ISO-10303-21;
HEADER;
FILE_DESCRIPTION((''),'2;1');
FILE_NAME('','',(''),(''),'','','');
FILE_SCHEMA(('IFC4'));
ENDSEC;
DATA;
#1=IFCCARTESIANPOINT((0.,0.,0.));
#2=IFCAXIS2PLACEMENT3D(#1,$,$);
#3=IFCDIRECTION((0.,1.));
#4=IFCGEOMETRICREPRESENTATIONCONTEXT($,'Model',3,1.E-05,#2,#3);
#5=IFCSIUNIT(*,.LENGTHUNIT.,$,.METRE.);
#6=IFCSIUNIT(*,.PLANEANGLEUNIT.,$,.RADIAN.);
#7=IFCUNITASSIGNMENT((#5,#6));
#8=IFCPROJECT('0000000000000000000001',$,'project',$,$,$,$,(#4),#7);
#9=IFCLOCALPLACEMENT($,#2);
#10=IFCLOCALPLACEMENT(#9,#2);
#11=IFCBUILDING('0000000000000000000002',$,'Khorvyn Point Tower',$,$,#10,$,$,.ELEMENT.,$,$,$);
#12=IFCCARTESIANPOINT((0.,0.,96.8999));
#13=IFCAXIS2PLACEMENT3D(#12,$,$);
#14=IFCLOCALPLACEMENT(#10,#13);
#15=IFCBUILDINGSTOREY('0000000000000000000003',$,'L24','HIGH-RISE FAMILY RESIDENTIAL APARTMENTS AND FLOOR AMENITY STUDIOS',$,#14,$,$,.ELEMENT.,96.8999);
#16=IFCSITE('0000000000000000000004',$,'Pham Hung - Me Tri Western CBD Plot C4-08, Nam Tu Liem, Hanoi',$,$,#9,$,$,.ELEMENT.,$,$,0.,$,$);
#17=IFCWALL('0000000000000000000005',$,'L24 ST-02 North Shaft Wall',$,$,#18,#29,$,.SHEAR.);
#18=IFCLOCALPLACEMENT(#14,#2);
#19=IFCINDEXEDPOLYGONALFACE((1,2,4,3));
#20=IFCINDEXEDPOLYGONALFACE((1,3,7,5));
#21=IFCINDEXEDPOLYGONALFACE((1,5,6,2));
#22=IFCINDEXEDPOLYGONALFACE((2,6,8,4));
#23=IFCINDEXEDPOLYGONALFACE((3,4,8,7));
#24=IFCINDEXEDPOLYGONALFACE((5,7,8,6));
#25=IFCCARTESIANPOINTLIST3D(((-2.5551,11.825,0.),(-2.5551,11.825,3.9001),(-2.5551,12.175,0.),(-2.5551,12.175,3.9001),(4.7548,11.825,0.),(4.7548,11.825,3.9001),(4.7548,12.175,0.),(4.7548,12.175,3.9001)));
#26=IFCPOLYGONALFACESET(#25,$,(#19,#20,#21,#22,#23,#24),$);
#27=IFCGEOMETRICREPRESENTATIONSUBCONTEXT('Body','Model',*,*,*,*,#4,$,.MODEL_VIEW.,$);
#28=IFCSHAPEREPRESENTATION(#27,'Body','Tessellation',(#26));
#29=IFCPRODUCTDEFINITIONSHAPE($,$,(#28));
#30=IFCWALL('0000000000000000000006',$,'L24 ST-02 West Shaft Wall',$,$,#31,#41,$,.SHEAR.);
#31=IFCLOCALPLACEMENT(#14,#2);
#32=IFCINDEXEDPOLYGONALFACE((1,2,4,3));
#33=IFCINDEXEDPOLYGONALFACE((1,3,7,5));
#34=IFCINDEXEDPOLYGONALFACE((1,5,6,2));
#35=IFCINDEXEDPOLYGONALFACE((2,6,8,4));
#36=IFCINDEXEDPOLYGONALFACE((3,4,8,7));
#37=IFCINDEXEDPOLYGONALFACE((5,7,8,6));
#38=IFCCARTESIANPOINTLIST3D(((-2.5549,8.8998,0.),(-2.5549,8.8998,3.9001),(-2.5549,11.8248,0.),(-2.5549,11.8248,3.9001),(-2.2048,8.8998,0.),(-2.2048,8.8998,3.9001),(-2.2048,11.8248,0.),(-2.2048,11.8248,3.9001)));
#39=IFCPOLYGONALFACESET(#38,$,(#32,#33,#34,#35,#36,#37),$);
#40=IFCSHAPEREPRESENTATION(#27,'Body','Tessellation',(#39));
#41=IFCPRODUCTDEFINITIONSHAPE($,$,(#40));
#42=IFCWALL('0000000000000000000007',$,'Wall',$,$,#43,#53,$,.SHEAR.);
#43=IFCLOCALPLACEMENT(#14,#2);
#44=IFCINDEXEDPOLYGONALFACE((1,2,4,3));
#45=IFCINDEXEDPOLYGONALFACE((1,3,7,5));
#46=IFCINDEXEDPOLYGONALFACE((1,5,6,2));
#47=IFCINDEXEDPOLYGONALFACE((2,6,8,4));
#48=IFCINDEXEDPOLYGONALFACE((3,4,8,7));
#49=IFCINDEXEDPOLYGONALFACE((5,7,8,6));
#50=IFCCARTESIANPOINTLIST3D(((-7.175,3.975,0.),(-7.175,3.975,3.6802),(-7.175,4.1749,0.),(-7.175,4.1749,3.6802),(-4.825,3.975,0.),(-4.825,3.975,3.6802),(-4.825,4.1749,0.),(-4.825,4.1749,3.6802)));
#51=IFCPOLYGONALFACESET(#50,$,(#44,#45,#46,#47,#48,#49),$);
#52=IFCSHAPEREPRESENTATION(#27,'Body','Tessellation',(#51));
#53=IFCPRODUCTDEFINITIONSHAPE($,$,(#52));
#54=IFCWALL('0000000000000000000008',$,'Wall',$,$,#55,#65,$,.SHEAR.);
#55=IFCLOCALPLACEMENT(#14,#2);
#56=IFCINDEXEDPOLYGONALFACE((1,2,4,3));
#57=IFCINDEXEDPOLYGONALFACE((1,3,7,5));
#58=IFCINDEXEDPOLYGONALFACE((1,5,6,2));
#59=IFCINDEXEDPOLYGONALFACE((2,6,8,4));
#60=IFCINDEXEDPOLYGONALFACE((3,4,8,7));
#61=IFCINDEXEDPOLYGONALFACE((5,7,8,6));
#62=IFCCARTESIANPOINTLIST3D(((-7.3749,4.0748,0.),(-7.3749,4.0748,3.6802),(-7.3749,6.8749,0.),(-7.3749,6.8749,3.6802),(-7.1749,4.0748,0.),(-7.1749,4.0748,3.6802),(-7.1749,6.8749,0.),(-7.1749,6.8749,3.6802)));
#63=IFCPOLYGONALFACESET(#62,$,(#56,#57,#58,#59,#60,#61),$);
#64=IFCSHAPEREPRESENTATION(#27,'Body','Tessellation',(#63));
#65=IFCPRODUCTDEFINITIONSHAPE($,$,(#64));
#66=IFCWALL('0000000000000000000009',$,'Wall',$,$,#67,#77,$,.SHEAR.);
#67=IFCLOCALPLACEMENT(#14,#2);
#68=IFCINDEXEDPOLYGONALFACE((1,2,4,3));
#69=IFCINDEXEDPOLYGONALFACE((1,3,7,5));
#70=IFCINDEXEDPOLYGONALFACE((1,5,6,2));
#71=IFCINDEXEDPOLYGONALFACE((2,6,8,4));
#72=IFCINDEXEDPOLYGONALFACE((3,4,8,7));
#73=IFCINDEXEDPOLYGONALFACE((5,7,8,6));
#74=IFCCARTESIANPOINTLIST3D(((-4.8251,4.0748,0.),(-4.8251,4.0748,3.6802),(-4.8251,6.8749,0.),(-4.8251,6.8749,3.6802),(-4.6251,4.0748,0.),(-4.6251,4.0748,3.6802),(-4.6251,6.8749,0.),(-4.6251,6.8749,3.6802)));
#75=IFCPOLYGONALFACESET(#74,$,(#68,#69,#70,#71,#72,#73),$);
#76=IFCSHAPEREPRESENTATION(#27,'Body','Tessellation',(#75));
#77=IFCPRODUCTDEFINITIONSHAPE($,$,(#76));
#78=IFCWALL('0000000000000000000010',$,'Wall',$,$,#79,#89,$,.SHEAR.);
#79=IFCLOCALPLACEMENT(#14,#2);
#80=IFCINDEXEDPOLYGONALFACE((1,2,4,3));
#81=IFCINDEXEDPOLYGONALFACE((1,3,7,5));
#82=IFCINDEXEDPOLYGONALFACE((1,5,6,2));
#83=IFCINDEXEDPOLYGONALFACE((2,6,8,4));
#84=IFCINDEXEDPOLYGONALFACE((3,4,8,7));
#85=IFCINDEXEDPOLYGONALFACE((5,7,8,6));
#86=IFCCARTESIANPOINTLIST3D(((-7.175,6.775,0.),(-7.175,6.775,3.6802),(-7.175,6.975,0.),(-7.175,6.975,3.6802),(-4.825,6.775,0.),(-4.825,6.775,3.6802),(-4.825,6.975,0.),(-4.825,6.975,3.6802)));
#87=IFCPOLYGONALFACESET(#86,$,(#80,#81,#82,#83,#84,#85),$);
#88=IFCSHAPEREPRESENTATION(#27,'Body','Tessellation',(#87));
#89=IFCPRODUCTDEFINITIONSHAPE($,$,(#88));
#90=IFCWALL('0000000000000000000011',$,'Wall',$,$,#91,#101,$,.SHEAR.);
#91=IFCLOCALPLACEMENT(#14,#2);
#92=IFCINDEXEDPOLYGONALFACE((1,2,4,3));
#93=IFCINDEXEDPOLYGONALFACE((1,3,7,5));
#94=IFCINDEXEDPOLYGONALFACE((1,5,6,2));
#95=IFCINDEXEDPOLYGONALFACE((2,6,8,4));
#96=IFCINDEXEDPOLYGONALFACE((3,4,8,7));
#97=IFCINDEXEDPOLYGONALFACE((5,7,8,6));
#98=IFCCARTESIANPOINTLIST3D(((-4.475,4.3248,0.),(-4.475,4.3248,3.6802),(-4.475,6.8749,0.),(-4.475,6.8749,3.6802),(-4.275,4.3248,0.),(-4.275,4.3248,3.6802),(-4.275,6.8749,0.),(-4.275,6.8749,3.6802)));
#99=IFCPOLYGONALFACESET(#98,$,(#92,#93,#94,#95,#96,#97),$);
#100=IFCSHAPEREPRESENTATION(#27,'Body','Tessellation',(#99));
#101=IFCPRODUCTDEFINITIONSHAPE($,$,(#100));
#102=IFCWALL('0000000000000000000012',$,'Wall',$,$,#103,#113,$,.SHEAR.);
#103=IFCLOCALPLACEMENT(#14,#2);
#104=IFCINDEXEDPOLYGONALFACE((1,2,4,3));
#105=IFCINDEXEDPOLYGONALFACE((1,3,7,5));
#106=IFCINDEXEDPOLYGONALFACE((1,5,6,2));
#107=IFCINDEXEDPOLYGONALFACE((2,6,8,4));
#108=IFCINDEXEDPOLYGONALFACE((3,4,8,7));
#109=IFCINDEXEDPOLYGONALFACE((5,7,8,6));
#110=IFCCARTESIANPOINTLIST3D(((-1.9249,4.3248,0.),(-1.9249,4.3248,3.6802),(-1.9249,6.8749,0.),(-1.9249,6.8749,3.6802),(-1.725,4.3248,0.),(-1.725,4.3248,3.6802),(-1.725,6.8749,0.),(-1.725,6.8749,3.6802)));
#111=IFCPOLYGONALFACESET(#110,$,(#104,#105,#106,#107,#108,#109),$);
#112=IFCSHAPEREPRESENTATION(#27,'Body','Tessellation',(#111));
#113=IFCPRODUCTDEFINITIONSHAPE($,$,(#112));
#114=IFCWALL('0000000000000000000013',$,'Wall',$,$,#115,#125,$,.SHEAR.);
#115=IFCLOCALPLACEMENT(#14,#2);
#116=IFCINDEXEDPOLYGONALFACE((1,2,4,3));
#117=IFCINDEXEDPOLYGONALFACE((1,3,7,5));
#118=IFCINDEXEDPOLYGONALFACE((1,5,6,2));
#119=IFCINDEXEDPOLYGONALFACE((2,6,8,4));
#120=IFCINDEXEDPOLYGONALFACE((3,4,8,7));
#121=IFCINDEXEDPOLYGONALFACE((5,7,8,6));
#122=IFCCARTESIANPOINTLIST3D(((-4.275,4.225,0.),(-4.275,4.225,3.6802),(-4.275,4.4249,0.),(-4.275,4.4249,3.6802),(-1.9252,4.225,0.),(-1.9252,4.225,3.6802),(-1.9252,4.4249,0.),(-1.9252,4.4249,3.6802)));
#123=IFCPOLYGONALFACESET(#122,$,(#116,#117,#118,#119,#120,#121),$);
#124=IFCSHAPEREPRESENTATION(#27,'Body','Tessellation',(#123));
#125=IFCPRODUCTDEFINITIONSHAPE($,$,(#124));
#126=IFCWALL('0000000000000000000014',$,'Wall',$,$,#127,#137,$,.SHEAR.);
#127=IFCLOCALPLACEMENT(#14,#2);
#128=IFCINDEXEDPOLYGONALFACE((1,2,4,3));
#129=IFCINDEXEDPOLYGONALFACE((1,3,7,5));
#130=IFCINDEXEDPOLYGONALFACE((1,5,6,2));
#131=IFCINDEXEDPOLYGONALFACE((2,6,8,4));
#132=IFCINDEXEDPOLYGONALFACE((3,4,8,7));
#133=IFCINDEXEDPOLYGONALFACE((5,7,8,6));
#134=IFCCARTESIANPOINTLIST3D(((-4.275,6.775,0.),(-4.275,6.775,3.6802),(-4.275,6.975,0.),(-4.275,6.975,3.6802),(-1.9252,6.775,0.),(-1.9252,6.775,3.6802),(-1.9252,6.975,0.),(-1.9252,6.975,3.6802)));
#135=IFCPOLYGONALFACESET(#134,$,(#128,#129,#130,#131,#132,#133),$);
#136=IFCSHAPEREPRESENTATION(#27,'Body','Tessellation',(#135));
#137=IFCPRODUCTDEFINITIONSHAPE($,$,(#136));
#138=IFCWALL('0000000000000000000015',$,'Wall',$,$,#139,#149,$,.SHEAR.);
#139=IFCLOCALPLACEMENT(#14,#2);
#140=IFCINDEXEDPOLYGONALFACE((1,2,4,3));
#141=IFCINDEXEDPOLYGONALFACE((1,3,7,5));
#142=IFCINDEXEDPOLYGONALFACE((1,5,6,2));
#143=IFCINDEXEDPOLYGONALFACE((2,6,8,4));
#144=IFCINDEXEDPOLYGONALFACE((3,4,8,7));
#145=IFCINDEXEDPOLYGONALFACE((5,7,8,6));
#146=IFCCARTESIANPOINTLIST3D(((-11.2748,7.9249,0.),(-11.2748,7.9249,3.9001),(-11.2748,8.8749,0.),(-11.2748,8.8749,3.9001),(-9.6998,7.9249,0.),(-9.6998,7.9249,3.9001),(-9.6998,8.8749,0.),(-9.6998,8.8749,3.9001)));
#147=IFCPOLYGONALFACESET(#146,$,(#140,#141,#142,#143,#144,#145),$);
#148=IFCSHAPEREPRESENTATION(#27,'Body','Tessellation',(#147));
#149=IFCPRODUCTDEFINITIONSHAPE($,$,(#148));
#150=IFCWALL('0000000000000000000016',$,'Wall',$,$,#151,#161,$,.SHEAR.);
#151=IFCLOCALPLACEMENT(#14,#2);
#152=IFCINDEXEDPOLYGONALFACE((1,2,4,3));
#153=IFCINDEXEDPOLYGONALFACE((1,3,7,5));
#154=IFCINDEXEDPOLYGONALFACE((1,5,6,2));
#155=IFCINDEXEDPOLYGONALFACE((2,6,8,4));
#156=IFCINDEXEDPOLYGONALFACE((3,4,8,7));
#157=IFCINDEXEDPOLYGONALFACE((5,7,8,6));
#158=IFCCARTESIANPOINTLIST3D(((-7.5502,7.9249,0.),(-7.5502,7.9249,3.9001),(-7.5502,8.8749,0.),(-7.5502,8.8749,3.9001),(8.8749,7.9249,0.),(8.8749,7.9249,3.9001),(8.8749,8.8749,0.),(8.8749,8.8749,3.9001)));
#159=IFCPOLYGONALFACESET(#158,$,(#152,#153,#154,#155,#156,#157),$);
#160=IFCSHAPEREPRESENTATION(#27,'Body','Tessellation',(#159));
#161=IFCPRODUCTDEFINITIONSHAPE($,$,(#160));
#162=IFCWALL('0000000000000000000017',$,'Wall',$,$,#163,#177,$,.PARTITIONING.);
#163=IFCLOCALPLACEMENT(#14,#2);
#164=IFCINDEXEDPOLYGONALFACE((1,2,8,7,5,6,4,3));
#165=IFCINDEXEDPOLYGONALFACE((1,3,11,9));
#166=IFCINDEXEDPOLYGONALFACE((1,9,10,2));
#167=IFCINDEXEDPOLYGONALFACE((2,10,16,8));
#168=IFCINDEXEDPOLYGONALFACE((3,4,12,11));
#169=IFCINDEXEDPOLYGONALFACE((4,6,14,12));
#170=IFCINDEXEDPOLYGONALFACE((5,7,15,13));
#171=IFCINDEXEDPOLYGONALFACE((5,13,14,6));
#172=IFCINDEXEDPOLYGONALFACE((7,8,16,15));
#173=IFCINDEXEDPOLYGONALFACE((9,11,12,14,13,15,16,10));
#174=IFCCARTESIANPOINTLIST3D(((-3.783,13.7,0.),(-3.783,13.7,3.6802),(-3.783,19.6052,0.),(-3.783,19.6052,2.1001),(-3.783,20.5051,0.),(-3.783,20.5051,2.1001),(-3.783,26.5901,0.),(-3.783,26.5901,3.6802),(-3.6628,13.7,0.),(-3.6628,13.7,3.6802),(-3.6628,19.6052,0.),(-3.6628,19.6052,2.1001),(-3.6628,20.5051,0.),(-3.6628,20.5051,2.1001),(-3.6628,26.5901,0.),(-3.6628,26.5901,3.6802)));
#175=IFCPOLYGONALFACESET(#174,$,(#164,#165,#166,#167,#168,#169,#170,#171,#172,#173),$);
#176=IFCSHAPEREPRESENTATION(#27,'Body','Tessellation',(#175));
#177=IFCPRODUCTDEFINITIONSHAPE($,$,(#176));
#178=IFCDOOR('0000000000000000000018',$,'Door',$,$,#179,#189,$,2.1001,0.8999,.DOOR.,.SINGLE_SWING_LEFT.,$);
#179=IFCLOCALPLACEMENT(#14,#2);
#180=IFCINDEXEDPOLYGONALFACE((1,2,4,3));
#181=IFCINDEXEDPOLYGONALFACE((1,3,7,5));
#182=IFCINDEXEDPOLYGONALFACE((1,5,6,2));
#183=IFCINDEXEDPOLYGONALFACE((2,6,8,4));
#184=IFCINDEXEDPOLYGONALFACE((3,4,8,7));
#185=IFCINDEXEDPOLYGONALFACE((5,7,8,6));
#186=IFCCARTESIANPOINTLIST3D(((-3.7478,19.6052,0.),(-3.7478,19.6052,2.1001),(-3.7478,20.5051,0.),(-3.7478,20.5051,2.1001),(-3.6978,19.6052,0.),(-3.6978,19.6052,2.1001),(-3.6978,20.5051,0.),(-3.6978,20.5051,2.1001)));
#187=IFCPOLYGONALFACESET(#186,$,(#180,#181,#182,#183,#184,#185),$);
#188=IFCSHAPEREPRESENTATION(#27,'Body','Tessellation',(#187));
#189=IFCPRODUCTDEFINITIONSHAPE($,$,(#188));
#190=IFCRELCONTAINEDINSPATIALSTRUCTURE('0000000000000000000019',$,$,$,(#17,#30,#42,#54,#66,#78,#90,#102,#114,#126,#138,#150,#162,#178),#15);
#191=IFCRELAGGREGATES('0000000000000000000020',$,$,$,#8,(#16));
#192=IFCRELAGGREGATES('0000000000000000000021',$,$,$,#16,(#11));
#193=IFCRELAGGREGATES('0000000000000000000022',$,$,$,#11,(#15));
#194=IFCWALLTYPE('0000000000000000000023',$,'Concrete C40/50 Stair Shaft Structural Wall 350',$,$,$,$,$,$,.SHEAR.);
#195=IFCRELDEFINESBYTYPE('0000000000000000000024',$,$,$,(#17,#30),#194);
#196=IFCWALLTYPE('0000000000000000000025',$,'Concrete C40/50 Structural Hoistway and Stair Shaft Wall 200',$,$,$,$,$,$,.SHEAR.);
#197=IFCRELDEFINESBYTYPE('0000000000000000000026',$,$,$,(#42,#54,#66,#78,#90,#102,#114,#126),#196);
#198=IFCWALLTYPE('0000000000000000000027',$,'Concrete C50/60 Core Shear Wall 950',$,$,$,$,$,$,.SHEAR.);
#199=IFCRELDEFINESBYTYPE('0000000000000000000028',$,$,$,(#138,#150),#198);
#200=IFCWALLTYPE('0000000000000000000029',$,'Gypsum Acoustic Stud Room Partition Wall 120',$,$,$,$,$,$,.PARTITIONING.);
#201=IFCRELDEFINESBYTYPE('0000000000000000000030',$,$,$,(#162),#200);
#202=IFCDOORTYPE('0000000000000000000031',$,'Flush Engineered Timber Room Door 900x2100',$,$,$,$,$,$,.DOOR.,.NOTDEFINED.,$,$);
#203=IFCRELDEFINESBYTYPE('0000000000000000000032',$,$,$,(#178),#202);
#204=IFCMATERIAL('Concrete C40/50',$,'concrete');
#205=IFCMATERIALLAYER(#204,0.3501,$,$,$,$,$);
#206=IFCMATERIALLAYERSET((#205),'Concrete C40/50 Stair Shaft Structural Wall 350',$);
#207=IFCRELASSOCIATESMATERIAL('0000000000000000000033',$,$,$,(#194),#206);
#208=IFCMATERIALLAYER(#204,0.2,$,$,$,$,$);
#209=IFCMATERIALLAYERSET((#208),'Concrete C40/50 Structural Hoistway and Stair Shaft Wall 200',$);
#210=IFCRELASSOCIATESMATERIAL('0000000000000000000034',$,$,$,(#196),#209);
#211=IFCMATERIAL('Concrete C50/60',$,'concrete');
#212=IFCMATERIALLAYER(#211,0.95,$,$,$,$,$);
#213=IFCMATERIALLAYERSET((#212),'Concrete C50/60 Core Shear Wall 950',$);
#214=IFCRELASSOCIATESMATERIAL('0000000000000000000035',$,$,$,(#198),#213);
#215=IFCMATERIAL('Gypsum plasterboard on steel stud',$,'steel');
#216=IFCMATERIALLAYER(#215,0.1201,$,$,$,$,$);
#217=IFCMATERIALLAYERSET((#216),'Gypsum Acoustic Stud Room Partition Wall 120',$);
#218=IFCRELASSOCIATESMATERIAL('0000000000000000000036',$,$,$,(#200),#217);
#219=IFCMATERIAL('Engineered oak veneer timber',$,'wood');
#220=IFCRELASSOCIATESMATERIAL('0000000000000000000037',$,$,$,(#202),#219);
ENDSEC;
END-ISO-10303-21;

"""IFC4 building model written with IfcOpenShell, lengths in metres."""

from ifc_helpers import new_model, si_unit, direction, frame, frame_2d, origin, place, context, subcontext, project, spatial, rectangle, extrude, material, layer, layer_set, type_object, element, fill, save


model = new_model("IFC4")

# Units and contexts
model_context = context("Model", 3, precision=1e-05, world=origin(), true_north=direction((0.0, 1.0)))
body_context = subcontext(model_context, "Body", "Model", "MODEL_VIEW")
ifc_project = project(units=[si_unit("LENGTHUNIT", "METRE"), si_unit("PLANEANGLEUNIT", "RADIAN")], contexts=[model_context])

# Site, building, storey
site_placement = place(None, origin())
site = spatial("IfcSite", under=ifc_project, at=site_placement, Name="Pham Hung - Me Tri Western CBD Plot C4-08, Nam Tu Liem, Hanoi", CompositionType="ELEMENT", RefElevation=0.0)
building_placement = place(site_placement, origin())
building = spatial("IfcBuilding", under=site, at=building_placement, Name="Khorvyn Point Tower", CompositionType="ELEMENT")
storey_placement = place(building_placement, frame((0.0, 0.0, 96.8999)))
storey = spatial("IfcBuildingStorey", under=building, at=storey_placement, Name="L24", Description="HIGH-RISE FAMILY RESIDENTIAL APARTMENTS AND FLOOR AMENITY STUDIOS", CompositionType="ELEMENT", Elevation=96.8999)

# Shared definitions
ifc_material_1 = material(Name="Concrete C40/50", Category="concrete")
ifc_material_2 = material(Name="Concrete C50/60", Category="concrete")

# Walls
ifc_layer_1 = layer(ifc_material_1, 0.3501)
ifc_layer_set_1 = layer_set([ifc_layer_1], Name="Concrete C40/50 Stair Shaft Structural Wall 350")
wall_type_1 = type_object("IfcWallType", Name="Concrete C40/50 Stair Shaft Structural Wall 350", PredefinedType="SHEAR", material=ifc_layer_set_1)
wall_1_placement = place(storey_placement, frame((-2.5549, 12.0, 0.0), z_axis=(0.0, 0.0, 1.0), x_axis=(1.0, 0.0, 0.0)))
element("IfcWall", 1, at=wall_1_placement, inside=storey, type_object=wall_type_1, Name="L24 ST-02 North Shaft Wall", PredefinedType="SHEAR", context=body_context, shape_type="SweptSolid", body=[
    extrude(rectangle(XDim=7.3098, YDim=0.3501, at=frame_2d((3.6548, 0.0))), origin(), (0.0, 0.0, 1.0), 3.9001),
])
wall_2_placement = place(storey_placement, frame((-2.3799, 8.8999, 0.0), z_axis=(0.0, 0.0, 1.0), x_axis=(0.0, 1.0, 0.0)))
element("IfcWall", 2, at=wall_2_placement, inside=storey, type_object=wall_type_1, Name="L24 ST-02 West Shaft Wall", PredefinedType="SHEAR", context=body_context, shape_type="SweptSolid", body=[
    extrude(rectangle(XDim=2.925, YDim=0.3501, at=frame_2d((1.4624, 0.0))), origin(), (0.0, 0.0, 1.0), 3.9001),
])
ifc_layer_2 = layer(ifc_material_1, 0.2)
ifc_layer_set_2 = layer_set([ifc_layer_2], Name="Concrete C40/50 Structural Hoistway and Stair Shaft Wall 200")
wall_type_2 = type_object("IfcWallType", Name="Concrete C40/50 Structural Hoistway and Stair Shaft Wall 200", PredefinedType="SHEAR", material=ifc_layer_set_2)
wall_3_placement = place(storey_placement, frame((-7.175, 4.075, 0.0), z_axis=(0.0, 0.0, 1.0), x_axis=(1.0, 0.0, 0.0)))
element("IfcWall", 3, at=wall_3_placement, inside=storey, type_object=wall_type_2, Name="Wall", PredefinedType="SHEAR", context=body_context, shape_type="SweptSolid", body=[
    extrude(rectangle(XDim=2.3501, YDim=0.2, at=frame_2d((1.175, 0.0))), origin(), (0.0, 0.0, 1.0), 3.6802),
])
for number, where, z_axis, x_axis, name in (
    (4, (-7.2749, 4.075, 0.0), (0.0, 0.0, 1.0), (0.0, 1.0, 0.0), "Wall"),
    (5, (-4.7251, 4.075, 0.0), (0.0, 0.0, 1.0), (0.0, 1.0, 0.0), "Wall"),
):
    element("IfcWall", number, at=place(storey_placement, frame(where, z_axis=z_axis, x_axis=x_axis)), inside=storey, type_object=wall_type_2, Name=name, PredefinedType="SHEAR", context=body_context, shape_type="SweptSolid", body=[
        extrude(rectangle(XDim=2.8, YDim=0.2, at=frame_2d((1.3999, 0.0))), origin(), (0.0, 0.0, 1.0), 3.6802),
    ])
wall_4_placement = place(storey_placement, frame((-7.175, 6.875, 0.0), z_axis=(0.0, 0.0, 1.0), x_axis=(1.0, 0.0, 0.0)))
element("IfcWall", 6, at=wall_4_placement, inside=storey, type_object=wall_type_2, Name="Wall", PredefinedType="SHEAR", context=body_context, shape_type="SweptSolid", body=[
    extrude(rectangle(XDim=2.3501, YDim=0.2, at=frame_2d((1.175, 0.0))), origin(), (0.0, 0.0, 1.0), 3.6802),
])
for number, where, z_axis, x_axis, name in (
    (7, (-4.375, 4.325, 0.0), (0.0, 0.0, 1.0), (0.0, 1.0, 0.0), "Wall"),
    (8, (-1.825, 4.325, 0.0), (0.0, 0.0, 1.0), (0.0, 1.0, 0.0), "Wall"),
):
    element("IfcWall", number, at=place(storey_placement, frame(where, z_axis=z_axis, x_axis=x_axis)), inside=storey, type_object=wall_type_2, Name=name, PredefinedType="SHEAR", context=body_context, shape_type="SweptSolid", body=[
        extrude(rectangle(XDim=2.55, YDim=0.2, at=frame_2d((1.2749, 0.0))), origin(), (0.0, 0.0, 1.0), 3.6802),
    ])
for number, where, z_axis, x_axis, name in (
    (9, (-4.2749, 4.325, 0.0), (0.0, 0.0, 1.0), (1.0, 0.0, 0.0), "Wall"),
    (10, (-4.2749, 6.875, 0.0), (0.0, 0.0, 1.0), (1.0, 0.0, 0.0), "Wall"),
):
    element("IfcWall", number, at=place(storey_placement, frame(where, z_axis=z_axis, x_axis=x_axis)), inside=storey, type_object=wall_type_2, Name=name, PredefinedType="SHEAR", context=body_context, shape_type="SweptSolid", body=[
        extrude(rectangle(XDim=2.3499, YDim=0.2, at=frame_2d((1.1748, 0.0))), origin(), (0.0, 0.0, 1.0), 3.6802),
    ])
ifc_layer_3 = layer(ifc_material_2, 0.95)
ifc_layer_set_3 = layer_set([ifc_layer_3], Name="Concrete C50/60 Core Shear Wall 950")
wall_type_3 = type_object("IfcWallType", Name="Concrete C50/60 Core Shear Wall 950", PredefinedType="SHEAR", material=ifc_layer_set_3)
wall_5_placement = place(storey_placement, frame((-11.2749, 8.3999, 0.0), z_axis=(0.0, 0.0, 1.0), x_axis=(1.0, 0.0, 0.0)))
element("IfcWall", 11, at=wall_5_placement, inside=storey, type_object=wall_type_3, Name="Wall", PredefinedType="SHEAR", context=body_context, shape_type="SweptSolid", body=[
    extrude(rectangle(XDim=1.575, YDim=0.95, at=frame_2d((0.7876, 0.0))), origin(), (0.0, 0.0, 1.0), 3.9001),
])
wall_6_placement = place(storey_placement, frame((-7.55, 8.3999, 0.0), z_axis=(0.0, 0.0, 1.0), x_axis=(1.0, 0.0, 0.0)))
element("IfcWall", 12, at=wall_6_placement, inside=storey, type_object=wall_type_3, Name="Wall", PredefinedType="SHEAR", context=body_context, shape_type="SweptSolid", body=[
    extrude(rectangle(XDim=16.425, YDim=0.95, at=frame_2d((8.2124, 0.0))), origin(), (0.0, 0.0, 1.0), 3.9001),
])

# Wall, opening, door
ifc_material_3 = material(Name="Gypsum plasterboard on steel stud", Category="steel")
ifc_layer_4 = layer(ifc_material_3, 0.1201)
ifc_layer_set_4 = layer_set([ifc_layer_4], Name="Gypsum Acoustic Stud Room Partition Wall 120")
wall_type_4 = type_object("IfcWallType", Name="Gypsum Acoustic Stud Room Partition Wall 120", PredefinedType="PARTITIONING", material=ifc_layer_set_4)
wall_7_placement = place(storey_placement, frame((-3.7229, 13.7, 0.0), z_axis=(0.0, 0.0, 1.0), x_axis=(0.0, 1.0, 0.0)))
wall_7 = element("IfcWall", 13, at=wall_7_placement, inside=storey, type_object=wall_type_4, Name="Wall", PredefinedType="PARTITIONING", context=body_context, shape_type="SweptSolid", body=[
    extrude(rectangle(XDim=12.8901, YDim=0.1201, at=frame_2d((6.4451, 0.0))), origin(), (0.0, 0.0, 1.0), 3.6802),
])
opening_1_placement = place(wall_7_placement, frame((5.9053, 0.0, 0.0)))
opening_1 = element("IfcOpeningElement", 14, at=opening_1_placement, cuts=wall_7, PredefinedType="OPENING", context=body_context, shape_type="SweptSolid", body=[
    extrude(rectangle(XDim=0.8999, YDim=2.1001, at=frame_2d((0.45, 1.05))), frame((0.0, 0.0701, 0.0), z_axis=(0.0, -1.0, 0.0), x_axis=(1.0, 0.0, 0.0)), (0.0, 0.0, 1.0), 0.1401),
])
ifc_material_4 = material(Name="Engineered oak veneer timber", Category="wood")
door_type_1 = type_object("IfcDoorType", Name="Flush Engineered Timber Room Door 900x2100", OperationType="NOTDEFINED", PredefinedType="DOOR", material=ifc_material_4)
door_1_placement = place(opening_1_placement, origin())
door_1 = element("IfcDoor", 15, at=door_1_placement, inside=storey, type_object=door_type_1, Name="Door", OperationType="SINGLE_SWING_LEFT", OverallHeight=2.1001, OverallWidth=0.8999, PredefinedType="DOOR", context=body_context, shape_type="SweptSolid", body=[
    extrude(rectangle(XDim=0.8999, YDim=2.1001, at=frame_2d((0.45, 1.05))), frame((0.0, 0.0249, 0.0), z_axis=(0.0, -1.0, 0.0), x_axis=(1.0, 0.0, 0.0)), (0.0, 0.0, 1.0), 0.05),
])
fill(opening_1, door_1)

save(model, "model.ifc")
